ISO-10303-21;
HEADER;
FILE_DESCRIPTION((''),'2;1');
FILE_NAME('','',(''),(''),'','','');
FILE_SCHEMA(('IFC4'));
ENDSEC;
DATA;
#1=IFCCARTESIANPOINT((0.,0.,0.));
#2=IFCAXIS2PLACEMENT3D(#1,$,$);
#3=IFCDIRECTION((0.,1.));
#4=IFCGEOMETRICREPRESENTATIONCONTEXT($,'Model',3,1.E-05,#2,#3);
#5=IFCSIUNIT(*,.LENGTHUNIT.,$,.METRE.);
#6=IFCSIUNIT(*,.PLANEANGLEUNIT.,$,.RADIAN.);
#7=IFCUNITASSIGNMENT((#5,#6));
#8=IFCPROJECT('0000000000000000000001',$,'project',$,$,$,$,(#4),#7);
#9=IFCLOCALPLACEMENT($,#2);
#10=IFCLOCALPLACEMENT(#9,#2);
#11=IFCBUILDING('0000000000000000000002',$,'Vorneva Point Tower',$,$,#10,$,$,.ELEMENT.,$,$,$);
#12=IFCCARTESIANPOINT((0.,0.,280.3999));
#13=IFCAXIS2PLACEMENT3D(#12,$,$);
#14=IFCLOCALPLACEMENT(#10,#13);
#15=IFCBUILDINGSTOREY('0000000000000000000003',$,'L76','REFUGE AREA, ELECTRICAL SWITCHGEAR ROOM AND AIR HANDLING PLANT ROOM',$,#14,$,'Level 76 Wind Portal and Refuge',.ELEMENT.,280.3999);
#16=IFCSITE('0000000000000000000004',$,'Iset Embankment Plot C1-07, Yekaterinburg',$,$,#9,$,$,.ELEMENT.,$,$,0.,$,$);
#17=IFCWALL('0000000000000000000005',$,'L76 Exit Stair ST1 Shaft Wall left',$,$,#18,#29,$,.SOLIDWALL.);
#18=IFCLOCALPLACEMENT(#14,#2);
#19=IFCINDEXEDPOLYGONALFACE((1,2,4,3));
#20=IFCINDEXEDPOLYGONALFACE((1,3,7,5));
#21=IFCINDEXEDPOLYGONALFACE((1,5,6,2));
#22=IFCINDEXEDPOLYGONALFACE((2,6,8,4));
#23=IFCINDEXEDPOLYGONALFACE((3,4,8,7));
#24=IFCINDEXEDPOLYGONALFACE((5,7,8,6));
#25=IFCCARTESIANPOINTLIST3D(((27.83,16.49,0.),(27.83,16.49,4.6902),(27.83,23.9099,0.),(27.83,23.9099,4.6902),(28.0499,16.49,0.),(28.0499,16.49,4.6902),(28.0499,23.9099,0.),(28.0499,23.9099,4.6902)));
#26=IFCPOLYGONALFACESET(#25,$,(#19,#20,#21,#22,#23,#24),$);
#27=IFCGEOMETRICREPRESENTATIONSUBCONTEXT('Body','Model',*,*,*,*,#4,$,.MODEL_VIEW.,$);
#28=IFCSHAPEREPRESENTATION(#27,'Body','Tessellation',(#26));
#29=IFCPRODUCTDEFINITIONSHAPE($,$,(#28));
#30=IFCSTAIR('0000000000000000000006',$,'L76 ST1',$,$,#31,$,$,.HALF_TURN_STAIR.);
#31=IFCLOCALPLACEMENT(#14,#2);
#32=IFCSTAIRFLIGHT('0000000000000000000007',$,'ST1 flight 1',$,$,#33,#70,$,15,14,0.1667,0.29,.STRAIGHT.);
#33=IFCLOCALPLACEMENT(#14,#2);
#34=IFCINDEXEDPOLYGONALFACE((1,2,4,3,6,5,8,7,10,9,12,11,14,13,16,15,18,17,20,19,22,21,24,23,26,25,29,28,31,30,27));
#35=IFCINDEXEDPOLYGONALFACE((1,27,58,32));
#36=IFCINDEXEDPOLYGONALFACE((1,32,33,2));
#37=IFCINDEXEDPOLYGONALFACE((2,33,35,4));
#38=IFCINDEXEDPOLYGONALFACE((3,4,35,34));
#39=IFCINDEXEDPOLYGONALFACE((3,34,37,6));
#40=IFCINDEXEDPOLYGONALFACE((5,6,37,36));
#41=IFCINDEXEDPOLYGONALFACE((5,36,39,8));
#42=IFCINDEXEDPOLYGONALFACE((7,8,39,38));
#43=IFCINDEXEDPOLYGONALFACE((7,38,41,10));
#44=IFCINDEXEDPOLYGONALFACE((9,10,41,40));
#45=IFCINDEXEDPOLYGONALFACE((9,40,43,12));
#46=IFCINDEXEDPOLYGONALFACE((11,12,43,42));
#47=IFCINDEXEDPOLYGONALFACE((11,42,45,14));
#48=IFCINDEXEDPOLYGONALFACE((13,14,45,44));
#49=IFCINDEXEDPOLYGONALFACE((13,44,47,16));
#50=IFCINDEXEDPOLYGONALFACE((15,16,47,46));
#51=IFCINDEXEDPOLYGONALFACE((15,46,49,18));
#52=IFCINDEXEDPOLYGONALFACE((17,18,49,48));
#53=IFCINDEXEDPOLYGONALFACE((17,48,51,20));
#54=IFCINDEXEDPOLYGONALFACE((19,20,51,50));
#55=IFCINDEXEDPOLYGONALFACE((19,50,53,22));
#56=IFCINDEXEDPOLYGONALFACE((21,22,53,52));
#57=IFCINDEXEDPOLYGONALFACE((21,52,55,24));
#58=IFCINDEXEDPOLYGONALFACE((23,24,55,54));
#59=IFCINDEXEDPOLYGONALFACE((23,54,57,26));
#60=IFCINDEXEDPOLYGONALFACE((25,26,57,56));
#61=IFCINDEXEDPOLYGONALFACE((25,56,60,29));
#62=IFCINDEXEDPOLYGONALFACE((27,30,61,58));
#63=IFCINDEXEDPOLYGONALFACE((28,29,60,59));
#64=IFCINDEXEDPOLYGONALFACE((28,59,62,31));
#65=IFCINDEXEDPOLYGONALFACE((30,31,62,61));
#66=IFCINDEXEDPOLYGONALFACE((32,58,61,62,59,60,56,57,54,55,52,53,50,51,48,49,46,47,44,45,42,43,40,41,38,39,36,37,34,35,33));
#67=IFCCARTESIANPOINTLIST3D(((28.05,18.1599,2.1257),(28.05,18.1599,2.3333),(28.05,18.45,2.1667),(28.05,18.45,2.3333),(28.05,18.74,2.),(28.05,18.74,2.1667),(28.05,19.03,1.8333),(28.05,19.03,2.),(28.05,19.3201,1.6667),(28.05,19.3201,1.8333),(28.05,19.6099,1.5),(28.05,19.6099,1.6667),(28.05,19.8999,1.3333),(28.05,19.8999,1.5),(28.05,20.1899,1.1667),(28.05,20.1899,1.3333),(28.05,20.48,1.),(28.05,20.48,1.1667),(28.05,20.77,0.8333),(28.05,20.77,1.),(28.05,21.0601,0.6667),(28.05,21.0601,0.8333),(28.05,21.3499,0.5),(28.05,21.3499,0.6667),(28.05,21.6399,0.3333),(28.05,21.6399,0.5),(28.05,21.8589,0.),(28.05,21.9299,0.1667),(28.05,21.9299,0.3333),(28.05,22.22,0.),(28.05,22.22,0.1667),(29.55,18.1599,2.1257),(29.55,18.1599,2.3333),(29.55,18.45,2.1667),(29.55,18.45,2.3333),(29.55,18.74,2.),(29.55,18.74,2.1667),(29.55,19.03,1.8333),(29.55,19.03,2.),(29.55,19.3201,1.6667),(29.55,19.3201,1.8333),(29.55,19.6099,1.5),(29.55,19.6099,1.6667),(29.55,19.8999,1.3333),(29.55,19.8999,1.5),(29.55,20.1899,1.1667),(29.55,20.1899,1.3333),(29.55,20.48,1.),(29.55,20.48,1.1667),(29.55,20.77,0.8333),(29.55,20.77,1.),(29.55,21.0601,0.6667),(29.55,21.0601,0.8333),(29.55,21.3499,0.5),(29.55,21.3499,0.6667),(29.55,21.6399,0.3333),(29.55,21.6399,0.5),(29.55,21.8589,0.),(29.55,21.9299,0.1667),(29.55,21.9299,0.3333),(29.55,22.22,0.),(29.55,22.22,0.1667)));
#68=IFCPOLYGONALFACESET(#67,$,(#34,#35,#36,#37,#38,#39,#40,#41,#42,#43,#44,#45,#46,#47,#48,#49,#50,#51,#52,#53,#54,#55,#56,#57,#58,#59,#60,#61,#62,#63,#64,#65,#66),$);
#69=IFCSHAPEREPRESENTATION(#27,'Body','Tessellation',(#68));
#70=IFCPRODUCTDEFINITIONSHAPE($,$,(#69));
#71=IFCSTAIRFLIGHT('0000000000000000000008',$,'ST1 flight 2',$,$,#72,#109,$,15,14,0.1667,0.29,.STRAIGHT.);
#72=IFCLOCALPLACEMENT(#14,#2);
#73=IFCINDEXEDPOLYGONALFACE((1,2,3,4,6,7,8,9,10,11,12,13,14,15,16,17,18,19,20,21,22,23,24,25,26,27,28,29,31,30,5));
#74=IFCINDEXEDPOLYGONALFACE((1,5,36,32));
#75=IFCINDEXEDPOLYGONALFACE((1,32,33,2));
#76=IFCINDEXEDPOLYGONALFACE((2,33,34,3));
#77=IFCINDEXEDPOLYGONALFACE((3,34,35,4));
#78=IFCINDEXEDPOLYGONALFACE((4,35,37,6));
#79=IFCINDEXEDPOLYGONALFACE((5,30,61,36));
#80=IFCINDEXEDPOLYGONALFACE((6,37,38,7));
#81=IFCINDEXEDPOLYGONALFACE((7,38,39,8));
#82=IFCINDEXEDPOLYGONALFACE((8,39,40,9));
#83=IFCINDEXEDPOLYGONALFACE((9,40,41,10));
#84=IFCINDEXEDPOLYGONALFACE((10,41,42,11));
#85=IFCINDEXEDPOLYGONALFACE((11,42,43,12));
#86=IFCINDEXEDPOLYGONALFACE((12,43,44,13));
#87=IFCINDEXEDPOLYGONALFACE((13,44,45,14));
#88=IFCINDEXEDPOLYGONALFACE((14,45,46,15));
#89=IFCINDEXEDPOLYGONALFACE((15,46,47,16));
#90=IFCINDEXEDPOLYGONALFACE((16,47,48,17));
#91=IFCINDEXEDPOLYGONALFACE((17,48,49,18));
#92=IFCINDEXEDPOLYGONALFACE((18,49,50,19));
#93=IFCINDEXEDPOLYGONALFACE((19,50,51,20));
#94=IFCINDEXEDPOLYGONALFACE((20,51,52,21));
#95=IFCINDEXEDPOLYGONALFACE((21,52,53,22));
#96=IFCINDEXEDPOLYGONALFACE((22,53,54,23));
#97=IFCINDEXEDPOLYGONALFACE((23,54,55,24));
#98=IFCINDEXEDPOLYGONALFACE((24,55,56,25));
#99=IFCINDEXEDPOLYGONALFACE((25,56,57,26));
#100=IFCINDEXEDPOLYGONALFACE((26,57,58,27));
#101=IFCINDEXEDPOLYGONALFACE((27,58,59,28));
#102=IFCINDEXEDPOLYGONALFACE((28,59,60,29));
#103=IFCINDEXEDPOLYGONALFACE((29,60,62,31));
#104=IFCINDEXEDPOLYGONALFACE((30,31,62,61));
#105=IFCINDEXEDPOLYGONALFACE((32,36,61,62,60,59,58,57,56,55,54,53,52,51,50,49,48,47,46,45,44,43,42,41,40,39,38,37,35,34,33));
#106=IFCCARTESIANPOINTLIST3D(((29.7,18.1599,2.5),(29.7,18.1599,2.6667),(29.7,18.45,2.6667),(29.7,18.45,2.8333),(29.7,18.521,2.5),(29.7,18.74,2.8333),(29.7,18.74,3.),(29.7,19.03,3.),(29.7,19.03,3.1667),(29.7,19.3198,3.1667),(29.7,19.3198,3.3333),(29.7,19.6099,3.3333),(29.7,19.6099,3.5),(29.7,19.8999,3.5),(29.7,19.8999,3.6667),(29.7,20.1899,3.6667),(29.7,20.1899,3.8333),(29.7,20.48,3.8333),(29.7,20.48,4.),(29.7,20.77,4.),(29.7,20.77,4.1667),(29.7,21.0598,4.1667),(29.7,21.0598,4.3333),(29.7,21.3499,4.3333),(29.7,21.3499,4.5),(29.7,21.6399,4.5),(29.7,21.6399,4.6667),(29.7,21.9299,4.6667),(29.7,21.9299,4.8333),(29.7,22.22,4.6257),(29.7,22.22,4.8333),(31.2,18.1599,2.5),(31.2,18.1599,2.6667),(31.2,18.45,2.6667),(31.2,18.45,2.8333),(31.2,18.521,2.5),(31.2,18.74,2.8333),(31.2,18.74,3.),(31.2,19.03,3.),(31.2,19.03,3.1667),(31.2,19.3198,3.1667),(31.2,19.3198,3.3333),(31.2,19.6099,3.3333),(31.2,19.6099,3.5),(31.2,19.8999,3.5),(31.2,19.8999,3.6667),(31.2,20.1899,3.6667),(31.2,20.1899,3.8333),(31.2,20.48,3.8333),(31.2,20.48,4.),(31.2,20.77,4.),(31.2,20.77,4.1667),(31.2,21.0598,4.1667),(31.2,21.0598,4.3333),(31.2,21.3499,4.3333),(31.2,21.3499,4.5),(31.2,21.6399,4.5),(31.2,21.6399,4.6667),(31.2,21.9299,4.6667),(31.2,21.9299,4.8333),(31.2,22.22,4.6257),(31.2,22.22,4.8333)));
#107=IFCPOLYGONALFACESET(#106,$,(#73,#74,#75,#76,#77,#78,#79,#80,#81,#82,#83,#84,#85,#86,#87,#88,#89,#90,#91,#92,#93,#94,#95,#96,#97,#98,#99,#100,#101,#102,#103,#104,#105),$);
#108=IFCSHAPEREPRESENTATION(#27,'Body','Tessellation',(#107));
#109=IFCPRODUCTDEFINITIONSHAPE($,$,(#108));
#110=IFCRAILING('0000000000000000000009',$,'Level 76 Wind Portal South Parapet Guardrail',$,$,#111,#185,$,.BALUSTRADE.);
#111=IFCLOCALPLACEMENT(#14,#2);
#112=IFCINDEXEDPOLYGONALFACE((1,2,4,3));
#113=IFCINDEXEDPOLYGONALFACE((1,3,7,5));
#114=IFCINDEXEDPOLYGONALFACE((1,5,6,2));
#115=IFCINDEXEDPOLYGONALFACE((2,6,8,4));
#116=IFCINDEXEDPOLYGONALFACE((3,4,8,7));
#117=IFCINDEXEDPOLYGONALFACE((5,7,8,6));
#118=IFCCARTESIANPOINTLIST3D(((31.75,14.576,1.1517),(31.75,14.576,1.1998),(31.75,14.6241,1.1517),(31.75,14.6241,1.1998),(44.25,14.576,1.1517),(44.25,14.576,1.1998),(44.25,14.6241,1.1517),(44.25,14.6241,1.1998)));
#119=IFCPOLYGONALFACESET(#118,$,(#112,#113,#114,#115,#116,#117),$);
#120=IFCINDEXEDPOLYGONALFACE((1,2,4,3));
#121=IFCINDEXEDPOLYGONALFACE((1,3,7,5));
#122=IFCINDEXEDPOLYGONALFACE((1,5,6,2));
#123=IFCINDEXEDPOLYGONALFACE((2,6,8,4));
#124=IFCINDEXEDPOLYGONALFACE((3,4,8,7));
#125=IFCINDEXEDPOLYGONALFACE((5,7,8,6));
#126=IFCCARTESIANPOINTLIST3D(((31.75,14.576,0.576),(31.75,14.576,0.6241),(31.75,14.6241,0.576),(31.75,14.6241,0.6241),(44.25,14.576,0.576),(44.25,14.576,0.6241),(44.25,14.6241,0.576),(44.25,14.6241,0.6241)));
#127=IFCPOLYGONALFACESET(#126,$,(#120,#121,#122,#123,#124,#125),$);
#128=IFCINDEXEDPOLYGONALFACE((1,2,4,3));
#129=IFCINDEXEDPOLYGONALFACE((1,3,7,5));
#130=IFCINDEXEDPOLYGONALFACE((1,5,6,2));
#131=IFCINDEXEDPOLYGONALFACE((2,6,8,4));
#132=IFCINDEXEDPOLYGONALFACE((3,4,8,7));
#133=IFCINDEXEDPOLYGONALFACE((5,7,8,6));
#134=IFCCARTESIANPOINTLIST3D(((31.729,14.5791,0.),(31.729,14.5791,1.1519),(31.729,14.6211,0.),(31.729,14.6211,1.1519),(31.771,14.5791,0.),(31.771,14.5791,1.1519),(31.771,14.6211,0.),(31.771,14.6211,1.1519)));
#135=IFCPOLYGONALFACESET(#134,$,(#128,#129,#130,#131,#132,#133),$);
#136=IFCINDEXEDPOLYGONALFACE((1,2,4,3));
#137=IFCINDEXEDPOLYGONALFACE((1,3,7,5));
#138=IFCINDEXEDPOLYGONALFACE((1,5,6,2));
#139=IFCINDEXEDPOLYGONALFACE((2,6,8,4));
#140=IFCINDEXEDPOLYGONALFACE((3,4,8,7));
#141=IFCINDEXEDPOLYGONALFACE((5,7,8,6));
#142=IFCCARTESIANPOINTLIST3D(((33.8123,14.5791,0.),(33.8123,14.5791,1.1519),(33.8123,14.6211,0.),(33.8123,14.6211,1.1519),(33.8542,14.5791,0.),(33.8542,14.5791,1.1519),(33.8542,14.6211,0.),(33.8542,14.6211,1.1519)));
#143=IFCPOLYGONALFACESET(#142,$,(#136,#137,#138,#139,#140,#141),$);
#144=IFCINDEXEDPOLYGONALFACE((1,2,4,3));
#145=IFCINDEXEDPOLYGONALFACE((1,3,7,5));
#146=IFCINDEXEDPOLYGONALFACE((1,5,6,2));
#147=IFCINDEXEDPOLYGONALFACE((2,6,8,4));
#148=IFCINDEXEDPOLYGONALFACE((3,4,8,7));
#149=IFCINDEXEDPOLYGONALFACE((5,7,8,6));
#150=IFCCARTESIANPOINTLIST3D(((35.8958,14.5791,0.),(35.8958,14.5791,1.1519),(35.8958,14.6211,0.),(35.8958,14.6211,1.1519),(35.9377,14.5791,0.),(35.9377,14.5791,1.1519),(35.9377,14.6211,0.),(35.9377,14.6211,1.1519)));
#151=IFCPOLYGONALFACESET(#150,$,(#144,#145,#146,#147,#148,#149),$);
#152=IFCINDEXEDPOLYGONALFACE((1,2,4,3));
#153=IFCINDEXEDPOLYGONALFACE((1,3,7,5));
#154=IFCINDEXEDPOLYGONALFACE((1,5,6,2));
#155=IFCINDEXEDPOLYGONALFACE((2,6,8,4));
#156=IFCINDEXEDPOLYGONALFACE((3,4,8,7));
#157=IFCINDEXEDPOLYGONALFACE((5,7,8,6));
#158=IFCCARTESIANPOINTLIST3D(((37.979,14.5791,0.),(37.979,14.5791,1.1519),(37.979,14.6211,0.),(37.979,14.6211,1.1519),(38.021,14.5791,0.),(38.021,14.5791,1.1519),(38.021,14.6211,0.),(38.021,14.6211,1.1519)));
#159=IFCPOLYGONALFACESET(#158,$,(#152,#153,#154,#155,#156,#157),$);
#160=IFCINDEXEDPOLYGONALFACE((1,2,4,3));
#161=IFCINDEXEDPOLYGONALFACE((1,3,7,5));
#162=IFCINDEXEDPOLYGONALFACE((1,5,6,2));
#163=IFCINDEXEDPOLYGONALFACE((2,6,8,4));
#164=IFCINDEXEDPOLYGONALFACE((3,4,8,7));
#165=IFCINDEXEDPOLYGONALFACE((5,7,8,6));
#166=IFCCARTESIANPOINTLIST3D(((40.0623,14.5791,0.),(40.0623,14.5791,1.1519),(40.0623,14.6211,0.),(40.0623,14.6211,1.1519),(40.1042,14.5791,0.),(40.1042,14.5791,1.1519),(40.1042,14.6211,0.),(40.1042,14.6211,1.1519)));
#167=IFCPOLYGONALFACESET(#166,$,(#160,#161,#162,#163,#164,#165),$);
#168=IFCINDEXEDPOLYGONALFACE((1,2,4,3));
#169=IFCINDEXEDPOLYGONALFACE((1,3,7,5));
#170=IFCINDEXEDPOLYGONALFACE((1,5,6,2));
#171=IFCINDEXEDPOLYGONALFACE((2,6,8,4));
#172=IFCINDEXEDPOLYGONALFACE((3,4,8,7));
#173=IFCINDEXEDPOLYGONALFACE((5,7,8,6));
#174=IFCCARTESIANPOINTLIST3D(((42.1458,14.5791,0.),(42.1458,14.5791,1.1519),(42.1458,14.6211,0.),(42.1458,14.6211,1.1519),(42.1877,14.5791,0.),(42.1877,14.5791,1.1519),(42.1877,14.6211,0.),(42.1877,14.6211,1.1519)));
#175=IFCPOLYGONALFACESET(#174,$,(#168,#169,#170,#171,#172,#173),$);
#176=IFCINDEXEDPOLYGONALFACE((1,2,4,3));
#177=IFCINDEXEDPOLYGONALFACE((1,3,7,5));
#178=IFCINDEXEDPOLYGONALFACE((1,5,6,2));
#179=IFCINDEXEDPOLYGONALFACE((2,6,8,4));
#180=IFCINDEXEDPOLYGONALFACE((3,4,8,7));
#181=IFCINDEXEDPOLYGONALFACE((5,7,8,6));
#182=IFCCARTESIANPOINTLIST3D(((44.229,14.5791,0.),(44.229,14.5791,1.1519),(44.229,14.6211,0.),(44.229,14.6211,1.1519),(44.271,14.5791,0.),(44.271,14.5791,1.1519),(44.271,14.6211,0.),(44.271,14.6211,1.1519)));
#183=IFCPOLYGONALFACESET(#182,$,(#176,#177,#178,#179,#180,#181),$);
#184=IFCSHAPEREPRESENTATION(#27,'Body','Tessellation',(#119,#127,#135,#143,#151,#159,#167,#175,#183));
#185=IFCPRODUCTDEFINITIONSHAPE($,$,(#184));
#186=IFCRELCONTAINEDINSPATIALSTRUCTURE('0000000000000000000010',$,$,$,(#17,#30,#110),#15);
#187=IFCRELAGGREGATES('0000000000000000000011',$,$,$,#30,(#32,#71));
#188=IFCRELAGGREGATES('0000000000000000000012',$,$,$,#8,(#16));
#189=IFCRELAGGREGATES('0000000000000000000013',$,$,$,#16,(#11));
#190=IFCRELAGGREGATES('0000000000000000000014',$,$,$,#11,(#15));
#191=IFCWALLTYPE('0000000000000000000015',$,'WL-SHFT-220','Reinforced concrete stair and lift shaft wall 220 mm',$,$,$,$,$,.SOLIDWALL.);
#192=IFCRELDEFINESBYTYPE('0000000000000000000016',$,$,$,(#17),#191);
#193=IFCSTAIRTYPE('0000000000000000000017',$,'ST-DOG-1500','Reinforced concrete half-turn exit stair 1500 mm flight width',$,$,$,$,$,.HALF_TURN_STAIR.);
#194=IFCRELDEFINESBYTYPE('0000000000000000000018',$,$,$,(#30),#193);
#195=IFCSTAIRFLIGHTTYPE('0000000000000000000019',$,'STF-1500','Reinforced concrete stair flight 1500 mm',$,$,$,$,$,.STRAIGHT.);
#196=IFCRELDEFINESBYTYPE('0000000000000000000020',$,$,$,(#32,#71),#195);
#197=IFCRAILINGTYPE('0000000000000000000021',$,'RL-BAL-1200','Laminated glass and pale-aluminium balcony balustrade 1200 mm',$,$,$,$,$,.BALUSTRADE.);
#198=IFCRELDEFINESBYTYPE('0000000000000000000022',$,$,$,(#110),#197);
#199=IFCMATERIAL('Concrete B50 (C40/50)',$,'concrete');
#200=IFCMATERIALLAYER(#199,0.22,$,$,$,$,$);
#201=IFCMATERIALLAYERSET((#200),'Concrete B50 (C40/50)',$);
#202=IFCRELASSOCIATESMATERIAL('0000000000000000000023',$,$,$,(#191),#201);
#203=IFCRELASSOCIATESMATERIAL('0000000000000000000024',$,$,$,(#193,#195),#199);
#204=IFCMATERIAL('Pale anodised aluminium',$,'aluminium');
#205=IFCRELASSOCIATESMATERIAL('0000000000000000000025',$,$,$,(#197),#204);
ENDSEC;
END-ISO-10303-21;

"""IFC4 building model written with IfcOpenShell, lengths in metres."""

from ifc_helpers import new_model, si_unit, direction, frame, frame_2d, origin, origin_2d, place, context, subcontext, project, spatial, polyline, rectangle, outline, extrude, material, layer, layer_set, type_object, element, aggregate, save


model = new_model("IFC4")

# Units and contexts
model_context = context("Model", 3, precision=1e-05, world=origin(), true_north=direction((0.0, 1.0)))
body_context = subcontext(model_context, "Body", "Model", "MODEL_VIEW")
ifc_project = project(units=[si_unit("LENGTHUNIT", "METRE"), si_unit("PLANEANGLEUNIT", "RADIAN")], contexts=[model_context])

# Site, building, storey
site_placement = place(None, origin())
site = spatial("IfcSite", under=ifc_project, at=site_placement, Name="Iset Embankment Plot C1-07, Yekaterinburg", CompositionType="ELEMENT", RefElevation=0.0)
building_placement = place(site_placement, origin())
building = spatial("IfcBuilding", under=site, at=building_placement, Name="Vorneva Point Tower", CompositionType="ELEMENT")
storey_placement = place(building_placement, frame((0.0, 0.0, 280.3999)))
storey = spatial("IfcBuildingStorey", under=building, at=storey_placement, Name="L76", Description="REFUGE AREA, ELECTRICAL SWITCHGEAR ROOM AND AIR HANDLING PLANT ROOM", LongName="Level 76 Wind Portal and Refuge", CompositionType="ELEMENT", Elevation=280.3999)

# Shared definitions
ifc_material_1 = material(Name="Concrete B50 (C40/50)", Category="concrete")

# Shared definitions
ifc_layer_1 = layer(ifc_material_1, 0.22)
ifc_layer_set_1 = layer_set([ifc_layer_1], Name="Concrete B50 (C40/50)")
wall_type_1 = type_object("IfcWallType", Name="WL-SHFT-220", Description="Reinforced concrete stair and lift shaft wall 220 mm", PredefinedType="SOLIDWALL", material=ifc_layer_set_1)

# Wall
wall_1_placement = place(storey_placement, frame((27.9399, 16.49, 0.0), z_axis=(0.0, 0.0, 1.0), x_axis=(0.0, 1.0, 0.0)))
element("IfcWall", 1, at=wall_1_placement, inside=storey, type_object=wall_type_1, Name="L76 Exit Stair ST1 Shaft Wall left", PredefinedType="SOLIDWALL", context=body_context, shape_type="SweptSolid", body=[
    extrude(rectangle(XDim=7.4199, YDim=0.22, at=frame_2d((3.71, 0.0))), origin(), (0.0, 0.0, 1.0), 4.6902),
])

# Stair, stair flights
stair_type = type_object("IfcStairType", Name="ST-DOG-1500", Description="Reinforced concrete half-turn exit stair 1500 mm flight width", PredefinedType="HALF_TURN_STAIR", material=ifc_material_1)
stair_placement = place(storey_placement, origin())
stair = element("IfcStair", 2, at=stair_placement, inside=storey, type_object=stair_type, Name="L76 ST1", PredefinedType="HALF_TURN_STAIR")
stair_flight_type = type_object("IfcStairFlightType", Name="STF-1500", Description="Reinforced concrete stair flight 1500 mm", PredefinedType="STRAIGHT", material=ifc_material_1)
stair_flight_1_placement = place(storey_placement, frame((28.8, 22.22, 0.0), z_axis=(0.0, 0.0, 1.0), x_axis=(0.0, -1.0, 0.0)))
stair_flight_1 = element("IfcStairFlight", 3, at=stair_flight_1_placement, type_object=stair_flight_type, Name="ST1 flight 1", NumberOfRisers=15, NumberOfTreads=14, PredefinedType="STRAIGHT", RiserHeight=0.1667, TreadLength=0.29, context=body_context, shape_type="SweptSolid", body=[
    extrude(outline(polyline([(0.0, 0.0), (0.0, 0.1667), (0.29, 0.1667), (0.29, 0.3333), (0.5801, 0.3333), (0.5801, 0.5), (0.8701, 0.5), (0.8701, 0.6667), (1.1599, 0.6667), (1.1599, 0.8333), (1.45, 0.8333), (1.45, 1.0), (1.74, 1.0), (1.74, 1.1667), (2.03, 1.1667), (2.03, 1.3333), (2.3201, 1.3333), (2.3201, 1.5), (2.6101, 1.5), (2.6101, 1.6667), (2.8999, 1.6667), (2.8999, 1.8333), (3.1899, 1.8333), (3.1899, 2.0), (3.48, 2.0), (3.48, 2.1667), (3.77, 2.1667), (3.77, 2.3333), (4.0601, 2.3333), (4.0601, 2.5), (4.0601, 2.1257), (0.3611, 0.0), (0.0, 0.0)])), frame((0.0, 0.75, 0.0), z_axis=(0.0, -1.0, 0.0), x_axis=(1.0, 0.0, 0.0)), (0.0, 0.0, 1.0), 1.5),
])
stair_flight_2_placement = place(storey_placement, frame((30.45, 18.1599, 2.5), z_axis=(0.0, 0.0, 1.0), x_axis=(0.0, 1.0, 0.0)))
stair_flight_2 = element("IfcStairFlight", 4, at=stair_flight_2_placement, type_object=stair_flight_type, Name="ST1 flight 2", NumberOfRisers=15, NumberOfTreads=14, PredefinedType="STRAIGHT", RiserHeight=0.1667, TreadLength=0.29, context=body_context, shape_type="SweptSolid", body=[
    extrude(outline(polyline([(0.0, 0.0), (0.0, 0.1667), (0.29, 0.1667), (0.29, 0.3333), (0.5801, 0.3333), (0.5801, 0.5), (0.8701, 0.5), (0.8701, 0.6667), (1.1599, 0.6667), (1.1599, 0.8333), (1.45, 0.8333), (1.45, 1.0), (1.74, 1.0), (1.74, 1.1667), (2.03, 1.1667), (2.03, 1.3333), (2.3201, 1.3333), (2.3201, 1.5), (2.6101, 1.5), (2.6101, 1.6667), (2.8999, 1.6667), (2.8999, 1.8333), (3.1899, 1.8333), (3.1899, 2.0), (3.48, 2.0), (3.48, 2.1667), (3.77, 2.1667), (3.77, 2.3333), (4.0601, 2.3333), (4.0601, 2.5), (4.0601, 2.1257), (0.3611, 0.0), (0.0, 0.0)])), frame((0.0, 0.75, 0.0), z_axis=(0.0, -1.0, 0.0), x_axis=(1.0, 0.0, 0.0)), (0.0, 0.0, 1.0), 1.5),
])
aggregate(stair, [stair_flight_1, stair_flight_2])

# Railing
ifc_material_2 = material(Name="Pale anodised aluminium", Category="aluminium")
railing_type_1 = type_object("IfcRailingType", Name="RL-BAL-1200", Description="Laminated glass and pale-aluminium balcony balustrade 1200 mm", PredefinedType="BALUSTRADE", material=ifc_material_2)
railing_1_placement = place(storey_placement, frame((31.75, 14.6001, 0.0)))
element("IfcRailing", 5, at=railing_1_placement, inside=storey, type_object=railing_type_1, Name="Level 76 Wind Portal South Parapet Guardrail", PredefinedType="BALUSTRADE", context=body_context, shape_type="SweptSolid", body=[
    extrude(rectangle(XDim=0.0481, YDim=0.0481, at=origin_2d()), frame((0.0, 0.0, 1.1758), z_axis=(1.0, 0.0, 0.0), x_axis=(0.0, 1.0, 0.0)), (0.0, 0.0, 1.0), 12.5),
    extrude(rectangle(XDim=0.0481, YDim=0.0481, at=origin_2d()), frame((0.0, 0.0, 0.6001), z_axis=(1.0, 0.0, 0.0), x_axis=(0.0, 1.0, 0.0)), (0.0, 0.0, 1.0), 12.5),
    extrude(rectangle(XDim=0.042, YDim=0.042, at=origin_2d()), origin(), (0.0, 0.0, 1.0), 1.1519),
    extrude(rectangle(XDim=0.042, YDim=0.042, at=origin_2d()), frame((2.0833, 0.0, 0.0)), (0.0, 0.0, 1.0), 1.1519),
    extrude(rectangle(XDim=0.042, YDim=0.042, at=origin_2d()), frame((4.1667, 0.0, 0.0)), (0.0, 0.0, 1.0), 1.1519),
    extrude(rectangle(XDim=0.042, YDim=0.042, at=origin_2d()), frame((6.25, 0.0, 0.0)), (0.0, 0.0, 1.0), 1.1519),
    extrude(rectangle(XDim=0.042, YDim=0.042, at=origin_2d()), frame((8.3333, 0.0, 0.0)), (0.0, 0.0, 1.0), 1.1519),
    extrude(rectangle(XDim=0.042, YDim=0.042, at=origin_2d()), frame((10.4167, 0.0, 0.0)), (0.0, 0.0, 1.0), 1.1519),
    extrude(rectangle(XDim=0.042, YDim=0.042, at=origin_2d()), frame((12.5, 0.0, 0.0)), (0.0, 0.0, 1.0), 1.1519),
])

save(model, "model.ifc")
